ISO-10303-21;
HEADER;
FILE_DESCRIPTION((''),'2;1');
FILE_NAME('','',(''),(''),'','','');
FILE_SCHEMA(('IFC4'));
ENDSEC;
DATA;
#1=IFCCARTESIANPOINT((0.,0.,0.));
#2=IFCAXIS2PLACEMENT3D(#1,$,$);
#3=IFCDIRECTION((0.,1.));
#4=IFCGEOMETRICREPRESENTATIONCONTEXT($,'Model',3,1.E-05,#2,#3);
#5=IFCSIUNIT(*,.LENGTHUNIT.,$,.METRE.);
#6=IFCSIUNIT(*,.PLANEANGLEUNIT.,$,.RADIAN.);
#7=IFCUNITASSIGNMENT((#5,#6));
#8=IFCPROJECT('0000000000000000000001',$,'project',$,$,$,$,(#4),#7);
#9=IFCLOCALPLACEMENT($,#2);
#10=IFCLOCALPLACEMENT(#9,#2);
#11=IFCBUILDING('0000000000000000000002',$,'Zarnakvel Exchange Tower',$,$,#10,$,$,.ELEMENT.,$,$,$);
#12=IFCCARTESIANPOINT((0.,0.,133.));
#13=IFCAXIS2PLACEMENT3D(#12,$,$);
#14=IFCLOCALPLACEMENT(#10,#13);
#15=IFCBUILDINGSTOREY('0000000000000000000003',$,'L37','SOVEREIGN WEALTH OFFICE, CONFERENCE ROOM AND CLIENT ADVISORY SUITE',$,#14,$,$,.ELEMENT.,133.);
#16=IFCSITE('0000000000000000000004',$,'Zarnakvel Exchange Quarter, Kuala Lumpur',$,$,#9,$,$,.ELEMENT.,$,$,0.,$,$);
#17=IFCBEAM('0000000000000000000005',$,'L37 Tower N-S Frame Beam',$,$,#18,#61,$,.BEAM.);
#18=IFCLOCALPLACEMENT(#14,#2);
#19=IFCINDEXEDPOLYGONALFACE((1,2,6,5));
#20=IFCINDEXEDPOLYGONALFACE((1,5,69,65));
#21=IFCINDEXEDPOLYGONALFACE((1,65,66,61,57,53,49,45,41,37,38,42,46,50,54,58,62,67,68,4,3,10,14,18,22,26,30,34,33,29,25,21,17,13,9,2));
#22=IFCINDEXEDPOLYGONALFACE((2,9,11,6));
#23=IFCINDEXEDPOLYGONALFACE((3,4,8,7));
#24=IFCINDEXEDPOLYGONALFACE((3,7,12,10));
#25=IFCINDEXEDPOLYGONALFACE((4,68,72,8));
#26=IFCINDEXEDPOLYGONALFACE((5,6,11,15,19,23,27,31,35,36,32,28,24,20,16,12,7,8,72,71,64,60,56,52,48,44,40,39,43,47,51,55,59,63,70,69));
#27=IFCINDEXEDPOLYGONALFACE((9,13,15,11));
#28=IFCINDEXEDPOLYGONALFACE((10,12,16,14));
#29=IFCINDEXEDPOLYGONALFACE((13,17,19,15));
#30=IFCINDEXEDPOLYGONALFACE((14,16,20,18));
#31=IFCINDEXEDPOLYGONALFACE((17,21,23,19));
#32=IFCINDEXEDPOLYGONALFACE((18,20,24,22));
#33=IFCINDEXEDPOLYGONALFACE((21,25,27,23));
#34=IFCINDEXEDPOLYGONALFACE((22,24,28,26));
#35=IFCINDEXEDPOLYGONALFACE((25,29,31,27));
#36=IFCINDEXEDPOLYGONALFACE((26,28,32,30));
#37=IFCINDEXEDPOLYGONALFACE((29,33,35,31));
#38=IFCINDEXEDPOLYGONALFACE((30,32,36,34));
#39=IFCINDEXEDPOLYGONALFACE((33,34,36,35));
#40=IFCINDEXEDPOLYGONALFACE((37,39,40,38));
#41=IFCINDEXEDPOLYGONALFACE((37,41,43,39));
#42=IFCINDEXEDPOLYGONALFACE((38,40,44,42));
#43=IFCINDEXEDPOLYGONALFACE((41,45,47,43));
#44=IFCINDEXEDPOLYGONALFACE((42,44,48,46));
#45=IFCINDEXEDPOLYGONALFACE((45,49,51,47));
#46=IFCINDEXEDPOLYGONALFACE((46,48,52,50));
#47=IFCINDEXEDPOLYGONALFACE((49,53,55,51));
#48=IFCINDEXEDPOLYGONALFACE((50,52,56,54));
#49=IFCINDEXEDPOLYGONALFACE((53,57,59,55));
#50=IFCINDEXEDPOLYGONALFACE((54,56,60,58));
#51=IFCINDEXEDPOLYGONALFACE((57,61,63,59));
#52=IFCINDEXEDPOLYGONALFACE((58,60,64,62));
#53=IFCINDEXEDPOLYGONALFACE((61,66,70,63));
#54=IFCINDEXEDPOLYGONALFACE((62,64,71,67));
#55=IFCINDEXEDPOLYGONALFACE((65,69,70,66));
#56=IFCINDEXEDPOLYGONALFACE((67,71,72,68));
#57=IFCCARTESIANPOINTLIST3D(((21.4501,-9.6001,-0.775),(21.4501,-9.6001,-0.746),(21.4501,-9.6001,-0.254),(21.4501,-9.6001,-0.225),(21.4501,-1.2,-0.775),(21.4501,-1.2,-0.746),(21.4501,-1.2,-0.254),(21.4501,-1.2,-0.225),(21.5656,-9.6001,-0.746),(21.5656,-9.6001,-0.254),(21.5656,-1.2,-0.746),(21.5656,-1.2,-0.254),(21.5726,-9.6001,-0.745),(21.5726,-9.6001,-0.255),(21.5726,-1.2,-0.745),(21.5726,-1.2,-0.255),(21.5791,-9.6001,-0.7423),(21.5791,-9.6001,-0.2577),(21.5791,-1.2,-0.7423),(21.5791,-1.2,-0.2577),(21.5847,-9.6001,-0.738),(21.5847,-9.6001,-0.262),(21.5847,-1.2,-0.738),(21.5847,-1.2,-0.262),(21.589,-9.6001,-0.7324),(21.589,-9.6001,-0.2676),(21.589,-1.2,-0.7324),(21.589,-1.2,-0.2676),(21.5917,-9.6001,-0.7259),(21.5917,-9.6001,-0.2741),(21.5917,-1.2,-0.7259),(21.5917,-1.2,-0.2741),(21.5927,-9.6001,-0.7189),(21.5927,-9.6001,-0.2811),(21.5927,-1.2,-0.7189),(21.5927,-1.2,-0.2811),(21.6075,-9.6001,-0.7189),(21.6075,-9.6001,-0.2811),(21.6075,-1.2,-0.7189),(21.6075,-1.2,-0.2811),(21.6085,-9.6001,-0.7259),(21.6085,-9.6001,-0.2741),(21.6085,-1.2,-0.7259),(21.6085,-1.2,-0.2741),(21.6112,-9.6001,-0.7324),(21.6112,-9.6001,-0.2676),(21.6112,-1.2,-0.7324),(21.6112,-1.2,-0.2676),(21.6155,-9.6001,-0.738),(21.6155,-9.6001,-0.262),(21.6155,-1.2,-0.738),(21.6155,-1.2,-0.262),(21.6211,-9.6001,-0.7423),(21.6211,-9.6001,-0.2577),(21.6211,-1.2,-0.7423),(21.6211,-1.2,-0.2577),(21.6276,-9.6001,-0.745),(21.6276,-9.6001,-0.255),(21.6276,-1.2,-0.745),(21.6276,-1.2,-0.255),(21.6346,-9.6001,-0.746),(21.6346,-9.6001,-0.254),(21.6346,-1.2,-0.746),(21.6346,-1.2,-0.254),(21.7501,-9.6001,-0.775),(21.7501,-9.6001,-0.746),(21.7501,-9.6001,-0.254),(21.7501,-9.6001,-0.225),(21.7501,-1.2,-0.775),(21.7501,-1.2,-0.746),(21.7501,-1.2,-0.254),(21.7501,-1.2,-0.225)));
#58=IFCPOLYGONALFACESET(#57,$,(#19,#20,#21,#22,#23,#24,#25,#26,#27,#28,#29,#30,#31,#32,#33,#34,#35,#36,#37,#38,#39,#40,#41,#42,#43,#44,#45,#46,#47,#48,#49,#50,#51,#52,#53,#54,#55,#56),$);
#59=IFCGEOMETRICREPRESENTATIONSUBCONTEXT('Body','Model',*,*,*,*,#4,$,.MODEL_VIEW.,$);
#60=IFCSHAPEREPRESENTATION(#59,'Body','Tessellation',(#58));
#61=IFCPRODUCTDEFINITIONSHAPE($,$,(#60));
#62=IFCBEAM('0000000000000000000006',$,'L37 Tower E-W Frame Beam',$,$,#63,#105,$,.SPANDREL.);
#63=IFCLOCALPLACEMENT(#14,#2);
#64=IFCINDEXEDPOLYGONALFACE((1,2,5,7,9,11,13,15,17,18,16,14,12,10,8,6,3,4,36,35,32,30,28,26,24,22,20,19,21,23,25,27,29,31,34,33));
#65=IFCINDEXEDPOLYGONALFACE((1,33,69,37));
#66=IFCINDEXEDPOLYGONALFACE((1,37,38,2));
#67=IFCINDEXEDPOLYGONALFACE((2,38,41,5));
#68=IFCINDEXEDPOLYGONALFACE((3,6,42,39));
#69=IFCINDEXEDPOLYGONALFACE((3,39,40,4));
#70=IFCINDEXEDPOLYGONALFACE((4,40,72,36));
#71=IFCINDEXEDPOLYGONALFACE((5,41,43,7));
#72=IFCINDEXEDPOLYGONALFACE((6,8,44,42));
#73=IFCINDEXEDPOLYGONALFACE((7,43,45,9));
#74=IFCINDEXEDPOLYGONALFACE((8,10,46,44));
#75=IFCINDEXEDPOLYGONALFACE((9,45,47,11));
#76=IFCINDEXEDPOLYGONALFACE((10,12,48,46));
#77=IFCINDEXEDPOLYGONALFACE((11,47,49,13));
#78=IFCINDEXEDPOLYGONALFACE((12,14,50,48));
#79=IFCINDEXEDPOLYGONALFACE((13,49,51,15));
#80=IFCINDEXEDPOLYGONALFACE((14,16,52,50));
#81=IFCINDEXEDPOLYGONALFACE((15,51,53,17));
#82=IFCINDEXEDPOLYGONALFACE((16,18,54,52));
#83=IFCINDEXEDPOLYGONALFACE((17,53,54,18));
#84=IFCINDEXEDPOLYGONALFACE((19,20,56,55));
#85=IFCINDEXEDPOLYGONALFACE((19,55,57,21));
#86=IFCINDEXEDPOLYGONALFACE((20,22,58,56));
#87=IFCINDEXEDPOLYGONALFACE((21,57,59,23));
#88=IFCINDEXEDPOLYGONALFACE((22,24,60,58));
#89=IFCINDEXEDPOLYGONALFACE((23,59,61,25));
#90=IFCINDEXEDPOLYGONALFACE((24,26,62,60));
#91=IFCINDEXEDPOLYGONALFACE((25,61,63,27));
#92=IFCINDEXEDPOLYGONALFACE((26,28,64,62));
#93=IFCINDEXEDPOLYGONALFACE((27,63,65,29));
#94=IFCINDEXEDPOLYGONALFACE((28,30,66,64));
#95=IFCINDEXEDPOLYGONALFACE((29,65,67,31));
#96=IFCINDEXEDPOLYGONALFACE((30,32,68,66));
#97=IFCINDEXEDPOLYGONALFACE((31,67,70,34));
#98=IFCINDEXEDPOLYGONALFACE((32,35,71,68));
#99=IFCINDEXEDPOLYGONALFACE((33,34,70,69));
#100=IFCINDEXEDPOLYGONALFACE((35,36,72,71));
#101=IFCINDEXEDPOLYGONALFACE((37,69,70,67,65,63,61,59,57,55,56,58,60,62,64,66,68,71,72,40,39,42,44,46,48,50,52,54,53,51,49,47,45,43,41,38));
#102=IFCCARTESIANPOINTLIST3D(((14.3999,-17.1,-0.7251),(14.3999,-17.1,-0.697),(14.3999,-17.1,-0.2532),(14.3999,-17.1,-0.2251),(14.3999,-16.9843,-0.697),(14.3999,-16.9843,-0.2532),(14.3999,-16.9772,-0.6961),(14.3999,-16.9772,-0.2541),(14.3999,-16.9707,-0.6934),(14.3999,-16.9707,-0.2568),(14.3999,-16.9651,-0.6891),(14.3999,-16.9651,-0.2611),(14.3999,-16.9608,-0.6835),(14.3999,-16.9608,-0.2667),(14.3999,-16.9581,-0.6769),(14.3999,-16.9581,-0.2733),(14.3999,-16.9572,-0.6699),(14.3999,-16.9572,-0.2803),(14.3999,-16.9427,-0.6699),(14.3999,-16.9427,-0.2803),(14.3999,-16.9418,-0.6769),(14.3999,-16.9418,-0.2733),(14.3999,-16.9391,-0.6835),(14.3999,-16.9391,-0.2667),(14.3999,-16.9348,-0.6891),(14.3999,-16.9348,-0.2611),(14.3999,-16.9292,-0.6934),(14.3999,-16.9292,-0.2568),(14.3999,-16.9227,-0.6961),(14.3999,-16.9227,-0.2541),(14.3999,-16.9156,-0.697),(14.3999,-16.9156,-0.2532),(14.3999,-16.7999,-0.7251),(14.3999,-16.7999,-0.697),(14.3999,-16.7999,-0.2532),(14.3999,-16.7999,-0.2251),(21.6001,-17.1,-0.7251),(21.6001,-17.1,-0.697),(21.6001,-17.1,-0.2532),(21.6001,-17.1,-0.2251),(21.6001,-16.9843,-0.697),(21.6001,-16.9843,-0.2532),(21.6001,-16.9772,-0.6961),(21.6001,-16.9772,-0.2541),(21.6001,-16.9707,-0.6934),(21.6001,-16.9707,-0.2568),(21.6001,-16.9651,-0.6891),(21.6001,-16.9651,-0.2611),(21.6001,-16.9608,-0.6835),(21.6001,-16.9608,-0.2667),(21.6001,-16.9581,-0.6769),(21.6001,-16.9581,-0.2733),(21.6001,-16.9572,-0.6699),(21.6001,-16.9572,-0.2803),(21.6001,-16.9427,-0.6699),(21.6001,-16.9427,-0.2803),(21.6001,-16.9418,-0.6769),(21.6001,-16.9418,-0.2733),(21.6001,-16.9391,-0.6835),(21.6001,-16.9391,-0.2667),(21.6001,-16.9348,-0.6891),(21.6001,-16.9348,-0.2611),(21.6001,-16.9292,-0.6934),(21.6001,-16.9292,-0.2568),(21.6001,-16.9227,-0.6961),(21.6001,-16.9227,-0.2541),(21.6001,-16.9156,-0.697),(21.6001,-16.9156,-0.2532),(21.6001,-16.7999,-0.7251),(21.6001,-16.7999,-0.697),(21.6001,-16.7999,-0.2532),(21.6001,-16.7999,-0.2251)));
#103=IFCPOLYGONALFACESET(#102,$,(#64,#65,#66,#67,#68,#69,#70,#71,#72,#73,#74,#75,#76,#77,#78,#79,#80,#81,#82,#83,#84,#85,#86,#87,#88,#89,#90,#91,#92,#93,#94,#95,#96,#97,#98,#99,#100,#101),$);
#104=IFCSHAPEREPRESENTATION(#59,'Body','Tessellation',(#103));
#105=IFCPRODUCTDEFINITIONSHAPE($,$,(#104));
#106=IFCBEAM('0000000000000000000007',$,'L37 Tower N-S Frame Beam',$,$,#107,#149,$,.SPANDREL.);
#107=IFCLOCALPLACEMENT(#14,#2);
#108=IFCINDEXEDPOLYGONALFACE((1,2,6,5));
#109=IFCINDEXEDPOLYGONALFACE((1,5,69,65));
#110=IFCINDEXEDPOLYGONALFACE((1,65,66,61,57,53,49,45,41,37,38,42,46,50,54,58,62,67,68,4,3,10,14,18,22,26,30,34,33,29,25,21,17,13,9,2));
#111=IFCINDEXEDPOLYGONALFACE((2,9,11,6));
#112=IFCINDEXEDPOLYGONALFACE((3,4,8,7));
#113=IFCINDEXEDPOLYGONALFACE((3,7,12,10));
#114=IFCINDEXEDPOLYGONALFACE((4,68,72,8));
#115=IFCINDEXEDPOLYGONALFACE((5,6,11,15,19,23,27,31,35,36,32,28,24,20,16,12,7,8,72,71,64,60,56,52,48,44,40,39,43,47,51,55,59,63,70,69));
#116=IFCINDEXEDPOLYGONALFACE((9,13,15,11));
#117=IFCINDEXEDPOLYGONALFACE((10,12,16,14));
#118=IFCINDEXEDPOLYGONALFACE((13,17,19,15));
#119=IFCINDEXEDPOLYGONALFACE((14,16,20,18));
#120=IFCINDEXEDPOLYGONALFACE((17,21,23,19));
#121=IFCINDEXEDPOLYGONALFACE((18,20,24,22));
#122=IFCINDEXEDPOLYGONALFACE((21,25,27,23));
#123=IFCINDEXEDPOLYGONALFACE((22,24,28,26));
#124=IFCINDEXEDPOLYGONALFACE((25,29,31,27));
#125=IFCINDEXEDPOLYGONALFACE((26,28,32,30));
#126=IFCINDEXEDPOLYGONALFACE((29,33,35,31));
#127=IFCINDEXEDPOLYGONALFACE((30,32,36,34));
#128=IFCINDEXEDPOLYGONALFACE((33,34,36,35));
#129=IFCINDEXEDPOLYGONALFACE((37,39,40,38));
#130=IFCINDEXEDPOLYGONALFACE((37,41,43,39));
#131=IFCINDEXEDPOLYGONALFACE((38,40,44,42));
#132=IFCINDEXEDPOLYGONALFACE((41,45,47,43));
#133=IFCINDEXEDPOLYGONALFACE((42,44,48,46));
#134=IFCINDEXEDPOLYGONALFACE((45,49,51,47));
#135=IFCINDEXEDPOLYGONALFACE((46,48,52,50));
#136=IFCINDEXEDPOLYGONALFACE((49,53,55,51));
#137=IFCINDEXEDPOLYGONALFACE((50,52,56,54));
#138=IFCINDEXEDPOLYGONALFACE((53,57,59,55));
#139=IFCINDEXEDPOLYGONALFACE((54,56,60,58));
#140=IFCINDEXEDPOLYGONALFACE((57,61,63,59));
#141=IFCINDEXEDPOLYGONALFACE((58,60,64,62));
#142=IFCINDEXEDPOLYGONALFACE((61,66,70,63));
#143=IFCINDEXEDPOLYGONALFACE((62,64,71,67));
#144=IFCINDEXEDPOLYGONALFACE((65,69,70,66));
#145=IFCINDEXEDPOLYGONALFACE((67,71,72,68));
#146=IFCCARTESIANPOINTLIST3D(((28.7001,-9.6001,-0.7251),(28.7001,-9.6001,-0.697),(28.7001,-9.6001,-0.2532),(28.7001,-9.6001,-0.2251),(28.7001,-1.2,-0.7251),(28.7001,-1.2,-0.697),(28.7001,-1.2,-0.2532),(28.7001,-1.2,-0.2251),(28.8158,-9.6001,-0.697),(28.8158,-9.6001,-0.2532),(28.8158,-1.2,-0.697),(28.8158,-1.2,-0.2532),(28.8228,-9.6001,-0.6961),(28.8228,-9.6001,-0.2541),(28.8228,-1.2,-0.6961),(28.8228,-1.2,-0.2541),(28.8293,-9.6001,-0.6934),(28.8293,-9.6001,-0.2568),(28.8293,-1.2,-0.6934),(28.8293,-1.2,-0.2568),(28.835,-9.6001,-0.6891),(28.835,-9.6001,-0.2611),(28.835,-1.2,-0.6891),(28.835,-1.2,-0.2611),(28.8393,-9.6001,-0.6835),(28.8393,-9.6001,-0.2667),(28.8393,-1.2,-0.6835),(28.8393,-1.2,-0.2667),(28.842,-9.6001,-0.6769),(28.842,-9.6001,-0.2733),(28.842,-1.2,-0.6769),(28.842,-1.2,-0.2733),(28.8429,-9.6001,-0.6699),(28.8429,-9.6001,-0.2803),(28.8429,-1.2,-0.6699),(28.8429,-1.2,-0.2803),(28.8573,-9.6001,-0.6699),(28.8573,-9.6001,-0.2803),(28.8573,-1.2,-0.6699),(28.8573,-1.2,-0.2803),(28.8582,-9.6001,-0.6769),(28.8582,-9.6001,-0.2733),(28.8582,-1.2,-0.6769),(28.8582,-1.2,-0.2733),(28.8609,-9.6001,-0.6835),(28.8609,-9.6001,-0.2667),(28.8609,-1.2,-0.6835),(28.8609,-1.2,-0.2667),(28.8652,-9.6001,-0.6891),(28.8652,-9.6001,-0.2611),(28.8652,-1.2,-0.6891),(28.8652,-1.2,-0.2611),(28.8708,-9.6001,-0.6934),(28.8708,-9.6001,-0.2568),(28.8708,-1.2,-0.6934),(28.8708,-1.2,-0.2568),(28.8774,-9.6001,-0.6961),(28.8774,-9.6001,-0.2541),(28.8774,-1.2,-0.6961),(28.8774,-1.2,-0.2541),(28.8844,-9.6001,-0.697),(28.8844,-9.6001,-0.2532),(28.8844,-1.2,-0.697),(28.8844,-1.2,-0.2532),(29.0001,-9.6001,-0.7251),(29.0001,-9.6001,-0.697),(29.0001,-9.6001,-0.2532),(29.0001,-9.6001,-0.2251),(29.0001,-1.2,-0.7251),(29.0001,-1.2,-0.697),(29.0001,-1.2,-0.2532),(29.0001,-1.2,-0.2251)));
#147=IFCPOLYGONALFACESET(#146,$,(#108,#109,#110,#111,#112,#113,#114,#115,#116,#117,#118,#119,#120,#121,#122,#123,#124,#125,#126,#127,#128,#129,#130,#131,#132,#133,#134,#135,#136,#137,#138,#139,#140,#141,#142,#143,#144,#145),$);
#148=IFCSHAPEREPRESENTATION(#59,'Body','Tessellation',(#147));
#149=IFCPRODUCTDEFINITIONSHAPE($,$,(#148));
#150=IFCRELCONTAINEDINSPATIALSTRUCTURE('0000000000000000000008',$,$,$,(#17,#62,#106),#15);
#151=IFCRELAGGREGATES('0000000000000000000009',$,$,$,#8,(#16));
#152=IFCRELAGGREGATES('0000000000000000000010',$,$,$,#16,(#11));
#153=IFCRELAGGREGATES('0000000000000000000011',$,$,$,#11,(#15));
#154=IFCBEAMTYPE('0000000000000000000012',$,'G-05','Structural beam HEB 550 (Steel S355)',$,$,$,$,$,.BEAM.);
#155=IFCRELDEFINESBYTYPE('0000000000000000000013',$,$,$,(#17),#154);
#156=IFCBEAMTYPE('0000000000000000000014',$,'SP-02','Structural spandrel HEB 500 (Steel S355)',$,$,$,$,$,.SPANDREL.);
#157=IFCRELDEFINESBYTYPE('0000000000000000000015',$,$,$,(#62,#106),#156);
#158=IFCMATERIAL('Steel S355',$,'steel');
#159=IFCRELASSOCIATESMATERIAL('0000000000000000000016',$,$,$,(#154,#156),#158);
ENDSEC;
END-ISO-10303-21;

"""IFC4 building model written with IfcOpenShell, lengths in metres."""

from ifc_helpers import new_model, si_unit, direction, frame, origin, origin_2d, place, context, subcontext, project, spatial, i_section, extrude, material, material_profile, profile_set, type_object, element, save


model = new_model("IFC4")

# Units and contexts
model_context = context("Model", 3, precision=1e-05, world=origin(), true_north=direction((0.0, 1.0)))
body_context = subcontext(model_context, "Body", "Model", "MODEL_VIEW")
ifc_project = project(units=[si_unit("LENGTHUNIT", "METRE"), si_unit("PLANEANGLEUNIT", "RADIAN")], contexts=[model_context])

# Site, building, storey
site_placement = place(None, origin())
site = spatial("IfcSite", under=ifc_project, at=site_placement, Name="Zarnakvel Exchange Quarter, Kuala Lumpur", CompositionType="ELEMENT", RefElevation=0.0)
building_placement = place(site_placement, origin())
building = spatial("IfcBuilding", under=site, at=building_placement, Name="Zarnakvel Exchange Tower", CompositionType="ELEMENT")
storey_placement = place(building_placement, frame((0.0, 0.0, 133.0)))
storey = spatial("IfcBuildingStorey", under=building, at=storey_placement, Name="L37", Description="SOVEREIGN WEALTH OFFICE, CONFERENCE ROOM AND CLIENT ADVISORY SUITE", CompositionType="ELEMENT", Elevation=133.0)

# Shared definitions
ifc_material_1 = material(Name="Steel S355", Category="steel")

# Beams
ifc_material_profile_1 = material_profile(ifc_material_1, i_section(OverallWidth=0.3, OverallDepth=0.55, WebThickness=0.0149, FlangeThickness=0.0291, FilletRadius=0.0271, at=origin_2d()))
ifc_profile_set_1 = profile_set([ifc_material_profile_1], Name="Steel S355")
beam_type_1 = type_object("IfcBeamType", Name="G-05", Description="Structural beam HEB 550 (Steel S355)", PredefinedType="BEAM", material=ifc_profile_set_1)
beam_1_placement = place(storey_placement, frame((21.6001, -9.6001, -0.5), z_axis=(0.0, 1.0, 0.0), x_axis=(-1.0, 0.0, 0.0)))
element("IfcBeam", 1, at=beam_1_placement, inside=storey, type_object=beam_type_1, Name="L37 Tower N-S Frame Beam", PredefinedType="BEAM", context=body_context, shape_type="SweptSolid", body=[
    extrude(i_section(OverallWidth=0.3, OverallDepth=0.55, WebThickness=0.0149, FlangeThickness=0.0291, FilletRadius=0.0271, at=origin_2d()), origin(), (0.0, 0.0, 1.0), 8.4001),
])
ifc_material_profile_2 = material_profile(ifc_material_1, i_section(OverallWidth=0.3, OverallDepth=0.5, WebThickness=0.0144, FlangeThickness=0.0281, FilletRadius=0.0271, at=origin_2d()))
ifc_profile_set_2 = profile_set([ifc_material_profile_2], Name="Steel S355")
beam_type_2 = type_object("IfcBeamType", Name="SP-02", Description="Structural spandrel HEB 500 (Steel S355)", PredefinedType="SPANDREL", material=ifc_profile_set_2)
beam_2_placement = place(storey_placement, frame((14.3999, -16.95, -0.4751), z_axis=(1.0, 0.0, 0.0), x_axis=(0.0, 1.0, 0.0)))
element("IfcBeam", 2, at=beam_2_placement, inside=storey, type_object=beam_type_2, Name="L37 Tower E-W Frame Beam", PredefinedType="SPANDREL", context=body_context, shape_type="SweptSolid", body=[
    extrude(i_section(OverallWidth=0.3, OverallDepth=0.5, WebThickness=0.0144, FlangeThickness=0.0281, FilletRadius=0.0271, at=origin_2d()), origin(), (0.0, 0.0, 1.0), 7.2002),
])
beam_3_placement = place(storey_placement, frame((28.8501, -9.6001, -0.4751), z_axis=(0.0, 1.0, 0.0), x_axis=(-1.0, 0.0, 0.0)))
element("IfcBeam", 3, at=beam_3_placement, inside=storey, type_object=beam_type_2, Name="L37 Tower N-S Frame Beam", PredefinedType="SPANDREL", context=body_context, shape_type="SweptSolid", body=[
    extrude(i_section(OverallWidth=0.3, OverallDepth=0.5, WebThickness=0.0144, FlangeThickness=0.0281, FilletRadius=0.0271, at=origin_2d()), origin(), (0.0, 0.0, 1.0), 8.4001),
])

save(model, "model.ifc")
